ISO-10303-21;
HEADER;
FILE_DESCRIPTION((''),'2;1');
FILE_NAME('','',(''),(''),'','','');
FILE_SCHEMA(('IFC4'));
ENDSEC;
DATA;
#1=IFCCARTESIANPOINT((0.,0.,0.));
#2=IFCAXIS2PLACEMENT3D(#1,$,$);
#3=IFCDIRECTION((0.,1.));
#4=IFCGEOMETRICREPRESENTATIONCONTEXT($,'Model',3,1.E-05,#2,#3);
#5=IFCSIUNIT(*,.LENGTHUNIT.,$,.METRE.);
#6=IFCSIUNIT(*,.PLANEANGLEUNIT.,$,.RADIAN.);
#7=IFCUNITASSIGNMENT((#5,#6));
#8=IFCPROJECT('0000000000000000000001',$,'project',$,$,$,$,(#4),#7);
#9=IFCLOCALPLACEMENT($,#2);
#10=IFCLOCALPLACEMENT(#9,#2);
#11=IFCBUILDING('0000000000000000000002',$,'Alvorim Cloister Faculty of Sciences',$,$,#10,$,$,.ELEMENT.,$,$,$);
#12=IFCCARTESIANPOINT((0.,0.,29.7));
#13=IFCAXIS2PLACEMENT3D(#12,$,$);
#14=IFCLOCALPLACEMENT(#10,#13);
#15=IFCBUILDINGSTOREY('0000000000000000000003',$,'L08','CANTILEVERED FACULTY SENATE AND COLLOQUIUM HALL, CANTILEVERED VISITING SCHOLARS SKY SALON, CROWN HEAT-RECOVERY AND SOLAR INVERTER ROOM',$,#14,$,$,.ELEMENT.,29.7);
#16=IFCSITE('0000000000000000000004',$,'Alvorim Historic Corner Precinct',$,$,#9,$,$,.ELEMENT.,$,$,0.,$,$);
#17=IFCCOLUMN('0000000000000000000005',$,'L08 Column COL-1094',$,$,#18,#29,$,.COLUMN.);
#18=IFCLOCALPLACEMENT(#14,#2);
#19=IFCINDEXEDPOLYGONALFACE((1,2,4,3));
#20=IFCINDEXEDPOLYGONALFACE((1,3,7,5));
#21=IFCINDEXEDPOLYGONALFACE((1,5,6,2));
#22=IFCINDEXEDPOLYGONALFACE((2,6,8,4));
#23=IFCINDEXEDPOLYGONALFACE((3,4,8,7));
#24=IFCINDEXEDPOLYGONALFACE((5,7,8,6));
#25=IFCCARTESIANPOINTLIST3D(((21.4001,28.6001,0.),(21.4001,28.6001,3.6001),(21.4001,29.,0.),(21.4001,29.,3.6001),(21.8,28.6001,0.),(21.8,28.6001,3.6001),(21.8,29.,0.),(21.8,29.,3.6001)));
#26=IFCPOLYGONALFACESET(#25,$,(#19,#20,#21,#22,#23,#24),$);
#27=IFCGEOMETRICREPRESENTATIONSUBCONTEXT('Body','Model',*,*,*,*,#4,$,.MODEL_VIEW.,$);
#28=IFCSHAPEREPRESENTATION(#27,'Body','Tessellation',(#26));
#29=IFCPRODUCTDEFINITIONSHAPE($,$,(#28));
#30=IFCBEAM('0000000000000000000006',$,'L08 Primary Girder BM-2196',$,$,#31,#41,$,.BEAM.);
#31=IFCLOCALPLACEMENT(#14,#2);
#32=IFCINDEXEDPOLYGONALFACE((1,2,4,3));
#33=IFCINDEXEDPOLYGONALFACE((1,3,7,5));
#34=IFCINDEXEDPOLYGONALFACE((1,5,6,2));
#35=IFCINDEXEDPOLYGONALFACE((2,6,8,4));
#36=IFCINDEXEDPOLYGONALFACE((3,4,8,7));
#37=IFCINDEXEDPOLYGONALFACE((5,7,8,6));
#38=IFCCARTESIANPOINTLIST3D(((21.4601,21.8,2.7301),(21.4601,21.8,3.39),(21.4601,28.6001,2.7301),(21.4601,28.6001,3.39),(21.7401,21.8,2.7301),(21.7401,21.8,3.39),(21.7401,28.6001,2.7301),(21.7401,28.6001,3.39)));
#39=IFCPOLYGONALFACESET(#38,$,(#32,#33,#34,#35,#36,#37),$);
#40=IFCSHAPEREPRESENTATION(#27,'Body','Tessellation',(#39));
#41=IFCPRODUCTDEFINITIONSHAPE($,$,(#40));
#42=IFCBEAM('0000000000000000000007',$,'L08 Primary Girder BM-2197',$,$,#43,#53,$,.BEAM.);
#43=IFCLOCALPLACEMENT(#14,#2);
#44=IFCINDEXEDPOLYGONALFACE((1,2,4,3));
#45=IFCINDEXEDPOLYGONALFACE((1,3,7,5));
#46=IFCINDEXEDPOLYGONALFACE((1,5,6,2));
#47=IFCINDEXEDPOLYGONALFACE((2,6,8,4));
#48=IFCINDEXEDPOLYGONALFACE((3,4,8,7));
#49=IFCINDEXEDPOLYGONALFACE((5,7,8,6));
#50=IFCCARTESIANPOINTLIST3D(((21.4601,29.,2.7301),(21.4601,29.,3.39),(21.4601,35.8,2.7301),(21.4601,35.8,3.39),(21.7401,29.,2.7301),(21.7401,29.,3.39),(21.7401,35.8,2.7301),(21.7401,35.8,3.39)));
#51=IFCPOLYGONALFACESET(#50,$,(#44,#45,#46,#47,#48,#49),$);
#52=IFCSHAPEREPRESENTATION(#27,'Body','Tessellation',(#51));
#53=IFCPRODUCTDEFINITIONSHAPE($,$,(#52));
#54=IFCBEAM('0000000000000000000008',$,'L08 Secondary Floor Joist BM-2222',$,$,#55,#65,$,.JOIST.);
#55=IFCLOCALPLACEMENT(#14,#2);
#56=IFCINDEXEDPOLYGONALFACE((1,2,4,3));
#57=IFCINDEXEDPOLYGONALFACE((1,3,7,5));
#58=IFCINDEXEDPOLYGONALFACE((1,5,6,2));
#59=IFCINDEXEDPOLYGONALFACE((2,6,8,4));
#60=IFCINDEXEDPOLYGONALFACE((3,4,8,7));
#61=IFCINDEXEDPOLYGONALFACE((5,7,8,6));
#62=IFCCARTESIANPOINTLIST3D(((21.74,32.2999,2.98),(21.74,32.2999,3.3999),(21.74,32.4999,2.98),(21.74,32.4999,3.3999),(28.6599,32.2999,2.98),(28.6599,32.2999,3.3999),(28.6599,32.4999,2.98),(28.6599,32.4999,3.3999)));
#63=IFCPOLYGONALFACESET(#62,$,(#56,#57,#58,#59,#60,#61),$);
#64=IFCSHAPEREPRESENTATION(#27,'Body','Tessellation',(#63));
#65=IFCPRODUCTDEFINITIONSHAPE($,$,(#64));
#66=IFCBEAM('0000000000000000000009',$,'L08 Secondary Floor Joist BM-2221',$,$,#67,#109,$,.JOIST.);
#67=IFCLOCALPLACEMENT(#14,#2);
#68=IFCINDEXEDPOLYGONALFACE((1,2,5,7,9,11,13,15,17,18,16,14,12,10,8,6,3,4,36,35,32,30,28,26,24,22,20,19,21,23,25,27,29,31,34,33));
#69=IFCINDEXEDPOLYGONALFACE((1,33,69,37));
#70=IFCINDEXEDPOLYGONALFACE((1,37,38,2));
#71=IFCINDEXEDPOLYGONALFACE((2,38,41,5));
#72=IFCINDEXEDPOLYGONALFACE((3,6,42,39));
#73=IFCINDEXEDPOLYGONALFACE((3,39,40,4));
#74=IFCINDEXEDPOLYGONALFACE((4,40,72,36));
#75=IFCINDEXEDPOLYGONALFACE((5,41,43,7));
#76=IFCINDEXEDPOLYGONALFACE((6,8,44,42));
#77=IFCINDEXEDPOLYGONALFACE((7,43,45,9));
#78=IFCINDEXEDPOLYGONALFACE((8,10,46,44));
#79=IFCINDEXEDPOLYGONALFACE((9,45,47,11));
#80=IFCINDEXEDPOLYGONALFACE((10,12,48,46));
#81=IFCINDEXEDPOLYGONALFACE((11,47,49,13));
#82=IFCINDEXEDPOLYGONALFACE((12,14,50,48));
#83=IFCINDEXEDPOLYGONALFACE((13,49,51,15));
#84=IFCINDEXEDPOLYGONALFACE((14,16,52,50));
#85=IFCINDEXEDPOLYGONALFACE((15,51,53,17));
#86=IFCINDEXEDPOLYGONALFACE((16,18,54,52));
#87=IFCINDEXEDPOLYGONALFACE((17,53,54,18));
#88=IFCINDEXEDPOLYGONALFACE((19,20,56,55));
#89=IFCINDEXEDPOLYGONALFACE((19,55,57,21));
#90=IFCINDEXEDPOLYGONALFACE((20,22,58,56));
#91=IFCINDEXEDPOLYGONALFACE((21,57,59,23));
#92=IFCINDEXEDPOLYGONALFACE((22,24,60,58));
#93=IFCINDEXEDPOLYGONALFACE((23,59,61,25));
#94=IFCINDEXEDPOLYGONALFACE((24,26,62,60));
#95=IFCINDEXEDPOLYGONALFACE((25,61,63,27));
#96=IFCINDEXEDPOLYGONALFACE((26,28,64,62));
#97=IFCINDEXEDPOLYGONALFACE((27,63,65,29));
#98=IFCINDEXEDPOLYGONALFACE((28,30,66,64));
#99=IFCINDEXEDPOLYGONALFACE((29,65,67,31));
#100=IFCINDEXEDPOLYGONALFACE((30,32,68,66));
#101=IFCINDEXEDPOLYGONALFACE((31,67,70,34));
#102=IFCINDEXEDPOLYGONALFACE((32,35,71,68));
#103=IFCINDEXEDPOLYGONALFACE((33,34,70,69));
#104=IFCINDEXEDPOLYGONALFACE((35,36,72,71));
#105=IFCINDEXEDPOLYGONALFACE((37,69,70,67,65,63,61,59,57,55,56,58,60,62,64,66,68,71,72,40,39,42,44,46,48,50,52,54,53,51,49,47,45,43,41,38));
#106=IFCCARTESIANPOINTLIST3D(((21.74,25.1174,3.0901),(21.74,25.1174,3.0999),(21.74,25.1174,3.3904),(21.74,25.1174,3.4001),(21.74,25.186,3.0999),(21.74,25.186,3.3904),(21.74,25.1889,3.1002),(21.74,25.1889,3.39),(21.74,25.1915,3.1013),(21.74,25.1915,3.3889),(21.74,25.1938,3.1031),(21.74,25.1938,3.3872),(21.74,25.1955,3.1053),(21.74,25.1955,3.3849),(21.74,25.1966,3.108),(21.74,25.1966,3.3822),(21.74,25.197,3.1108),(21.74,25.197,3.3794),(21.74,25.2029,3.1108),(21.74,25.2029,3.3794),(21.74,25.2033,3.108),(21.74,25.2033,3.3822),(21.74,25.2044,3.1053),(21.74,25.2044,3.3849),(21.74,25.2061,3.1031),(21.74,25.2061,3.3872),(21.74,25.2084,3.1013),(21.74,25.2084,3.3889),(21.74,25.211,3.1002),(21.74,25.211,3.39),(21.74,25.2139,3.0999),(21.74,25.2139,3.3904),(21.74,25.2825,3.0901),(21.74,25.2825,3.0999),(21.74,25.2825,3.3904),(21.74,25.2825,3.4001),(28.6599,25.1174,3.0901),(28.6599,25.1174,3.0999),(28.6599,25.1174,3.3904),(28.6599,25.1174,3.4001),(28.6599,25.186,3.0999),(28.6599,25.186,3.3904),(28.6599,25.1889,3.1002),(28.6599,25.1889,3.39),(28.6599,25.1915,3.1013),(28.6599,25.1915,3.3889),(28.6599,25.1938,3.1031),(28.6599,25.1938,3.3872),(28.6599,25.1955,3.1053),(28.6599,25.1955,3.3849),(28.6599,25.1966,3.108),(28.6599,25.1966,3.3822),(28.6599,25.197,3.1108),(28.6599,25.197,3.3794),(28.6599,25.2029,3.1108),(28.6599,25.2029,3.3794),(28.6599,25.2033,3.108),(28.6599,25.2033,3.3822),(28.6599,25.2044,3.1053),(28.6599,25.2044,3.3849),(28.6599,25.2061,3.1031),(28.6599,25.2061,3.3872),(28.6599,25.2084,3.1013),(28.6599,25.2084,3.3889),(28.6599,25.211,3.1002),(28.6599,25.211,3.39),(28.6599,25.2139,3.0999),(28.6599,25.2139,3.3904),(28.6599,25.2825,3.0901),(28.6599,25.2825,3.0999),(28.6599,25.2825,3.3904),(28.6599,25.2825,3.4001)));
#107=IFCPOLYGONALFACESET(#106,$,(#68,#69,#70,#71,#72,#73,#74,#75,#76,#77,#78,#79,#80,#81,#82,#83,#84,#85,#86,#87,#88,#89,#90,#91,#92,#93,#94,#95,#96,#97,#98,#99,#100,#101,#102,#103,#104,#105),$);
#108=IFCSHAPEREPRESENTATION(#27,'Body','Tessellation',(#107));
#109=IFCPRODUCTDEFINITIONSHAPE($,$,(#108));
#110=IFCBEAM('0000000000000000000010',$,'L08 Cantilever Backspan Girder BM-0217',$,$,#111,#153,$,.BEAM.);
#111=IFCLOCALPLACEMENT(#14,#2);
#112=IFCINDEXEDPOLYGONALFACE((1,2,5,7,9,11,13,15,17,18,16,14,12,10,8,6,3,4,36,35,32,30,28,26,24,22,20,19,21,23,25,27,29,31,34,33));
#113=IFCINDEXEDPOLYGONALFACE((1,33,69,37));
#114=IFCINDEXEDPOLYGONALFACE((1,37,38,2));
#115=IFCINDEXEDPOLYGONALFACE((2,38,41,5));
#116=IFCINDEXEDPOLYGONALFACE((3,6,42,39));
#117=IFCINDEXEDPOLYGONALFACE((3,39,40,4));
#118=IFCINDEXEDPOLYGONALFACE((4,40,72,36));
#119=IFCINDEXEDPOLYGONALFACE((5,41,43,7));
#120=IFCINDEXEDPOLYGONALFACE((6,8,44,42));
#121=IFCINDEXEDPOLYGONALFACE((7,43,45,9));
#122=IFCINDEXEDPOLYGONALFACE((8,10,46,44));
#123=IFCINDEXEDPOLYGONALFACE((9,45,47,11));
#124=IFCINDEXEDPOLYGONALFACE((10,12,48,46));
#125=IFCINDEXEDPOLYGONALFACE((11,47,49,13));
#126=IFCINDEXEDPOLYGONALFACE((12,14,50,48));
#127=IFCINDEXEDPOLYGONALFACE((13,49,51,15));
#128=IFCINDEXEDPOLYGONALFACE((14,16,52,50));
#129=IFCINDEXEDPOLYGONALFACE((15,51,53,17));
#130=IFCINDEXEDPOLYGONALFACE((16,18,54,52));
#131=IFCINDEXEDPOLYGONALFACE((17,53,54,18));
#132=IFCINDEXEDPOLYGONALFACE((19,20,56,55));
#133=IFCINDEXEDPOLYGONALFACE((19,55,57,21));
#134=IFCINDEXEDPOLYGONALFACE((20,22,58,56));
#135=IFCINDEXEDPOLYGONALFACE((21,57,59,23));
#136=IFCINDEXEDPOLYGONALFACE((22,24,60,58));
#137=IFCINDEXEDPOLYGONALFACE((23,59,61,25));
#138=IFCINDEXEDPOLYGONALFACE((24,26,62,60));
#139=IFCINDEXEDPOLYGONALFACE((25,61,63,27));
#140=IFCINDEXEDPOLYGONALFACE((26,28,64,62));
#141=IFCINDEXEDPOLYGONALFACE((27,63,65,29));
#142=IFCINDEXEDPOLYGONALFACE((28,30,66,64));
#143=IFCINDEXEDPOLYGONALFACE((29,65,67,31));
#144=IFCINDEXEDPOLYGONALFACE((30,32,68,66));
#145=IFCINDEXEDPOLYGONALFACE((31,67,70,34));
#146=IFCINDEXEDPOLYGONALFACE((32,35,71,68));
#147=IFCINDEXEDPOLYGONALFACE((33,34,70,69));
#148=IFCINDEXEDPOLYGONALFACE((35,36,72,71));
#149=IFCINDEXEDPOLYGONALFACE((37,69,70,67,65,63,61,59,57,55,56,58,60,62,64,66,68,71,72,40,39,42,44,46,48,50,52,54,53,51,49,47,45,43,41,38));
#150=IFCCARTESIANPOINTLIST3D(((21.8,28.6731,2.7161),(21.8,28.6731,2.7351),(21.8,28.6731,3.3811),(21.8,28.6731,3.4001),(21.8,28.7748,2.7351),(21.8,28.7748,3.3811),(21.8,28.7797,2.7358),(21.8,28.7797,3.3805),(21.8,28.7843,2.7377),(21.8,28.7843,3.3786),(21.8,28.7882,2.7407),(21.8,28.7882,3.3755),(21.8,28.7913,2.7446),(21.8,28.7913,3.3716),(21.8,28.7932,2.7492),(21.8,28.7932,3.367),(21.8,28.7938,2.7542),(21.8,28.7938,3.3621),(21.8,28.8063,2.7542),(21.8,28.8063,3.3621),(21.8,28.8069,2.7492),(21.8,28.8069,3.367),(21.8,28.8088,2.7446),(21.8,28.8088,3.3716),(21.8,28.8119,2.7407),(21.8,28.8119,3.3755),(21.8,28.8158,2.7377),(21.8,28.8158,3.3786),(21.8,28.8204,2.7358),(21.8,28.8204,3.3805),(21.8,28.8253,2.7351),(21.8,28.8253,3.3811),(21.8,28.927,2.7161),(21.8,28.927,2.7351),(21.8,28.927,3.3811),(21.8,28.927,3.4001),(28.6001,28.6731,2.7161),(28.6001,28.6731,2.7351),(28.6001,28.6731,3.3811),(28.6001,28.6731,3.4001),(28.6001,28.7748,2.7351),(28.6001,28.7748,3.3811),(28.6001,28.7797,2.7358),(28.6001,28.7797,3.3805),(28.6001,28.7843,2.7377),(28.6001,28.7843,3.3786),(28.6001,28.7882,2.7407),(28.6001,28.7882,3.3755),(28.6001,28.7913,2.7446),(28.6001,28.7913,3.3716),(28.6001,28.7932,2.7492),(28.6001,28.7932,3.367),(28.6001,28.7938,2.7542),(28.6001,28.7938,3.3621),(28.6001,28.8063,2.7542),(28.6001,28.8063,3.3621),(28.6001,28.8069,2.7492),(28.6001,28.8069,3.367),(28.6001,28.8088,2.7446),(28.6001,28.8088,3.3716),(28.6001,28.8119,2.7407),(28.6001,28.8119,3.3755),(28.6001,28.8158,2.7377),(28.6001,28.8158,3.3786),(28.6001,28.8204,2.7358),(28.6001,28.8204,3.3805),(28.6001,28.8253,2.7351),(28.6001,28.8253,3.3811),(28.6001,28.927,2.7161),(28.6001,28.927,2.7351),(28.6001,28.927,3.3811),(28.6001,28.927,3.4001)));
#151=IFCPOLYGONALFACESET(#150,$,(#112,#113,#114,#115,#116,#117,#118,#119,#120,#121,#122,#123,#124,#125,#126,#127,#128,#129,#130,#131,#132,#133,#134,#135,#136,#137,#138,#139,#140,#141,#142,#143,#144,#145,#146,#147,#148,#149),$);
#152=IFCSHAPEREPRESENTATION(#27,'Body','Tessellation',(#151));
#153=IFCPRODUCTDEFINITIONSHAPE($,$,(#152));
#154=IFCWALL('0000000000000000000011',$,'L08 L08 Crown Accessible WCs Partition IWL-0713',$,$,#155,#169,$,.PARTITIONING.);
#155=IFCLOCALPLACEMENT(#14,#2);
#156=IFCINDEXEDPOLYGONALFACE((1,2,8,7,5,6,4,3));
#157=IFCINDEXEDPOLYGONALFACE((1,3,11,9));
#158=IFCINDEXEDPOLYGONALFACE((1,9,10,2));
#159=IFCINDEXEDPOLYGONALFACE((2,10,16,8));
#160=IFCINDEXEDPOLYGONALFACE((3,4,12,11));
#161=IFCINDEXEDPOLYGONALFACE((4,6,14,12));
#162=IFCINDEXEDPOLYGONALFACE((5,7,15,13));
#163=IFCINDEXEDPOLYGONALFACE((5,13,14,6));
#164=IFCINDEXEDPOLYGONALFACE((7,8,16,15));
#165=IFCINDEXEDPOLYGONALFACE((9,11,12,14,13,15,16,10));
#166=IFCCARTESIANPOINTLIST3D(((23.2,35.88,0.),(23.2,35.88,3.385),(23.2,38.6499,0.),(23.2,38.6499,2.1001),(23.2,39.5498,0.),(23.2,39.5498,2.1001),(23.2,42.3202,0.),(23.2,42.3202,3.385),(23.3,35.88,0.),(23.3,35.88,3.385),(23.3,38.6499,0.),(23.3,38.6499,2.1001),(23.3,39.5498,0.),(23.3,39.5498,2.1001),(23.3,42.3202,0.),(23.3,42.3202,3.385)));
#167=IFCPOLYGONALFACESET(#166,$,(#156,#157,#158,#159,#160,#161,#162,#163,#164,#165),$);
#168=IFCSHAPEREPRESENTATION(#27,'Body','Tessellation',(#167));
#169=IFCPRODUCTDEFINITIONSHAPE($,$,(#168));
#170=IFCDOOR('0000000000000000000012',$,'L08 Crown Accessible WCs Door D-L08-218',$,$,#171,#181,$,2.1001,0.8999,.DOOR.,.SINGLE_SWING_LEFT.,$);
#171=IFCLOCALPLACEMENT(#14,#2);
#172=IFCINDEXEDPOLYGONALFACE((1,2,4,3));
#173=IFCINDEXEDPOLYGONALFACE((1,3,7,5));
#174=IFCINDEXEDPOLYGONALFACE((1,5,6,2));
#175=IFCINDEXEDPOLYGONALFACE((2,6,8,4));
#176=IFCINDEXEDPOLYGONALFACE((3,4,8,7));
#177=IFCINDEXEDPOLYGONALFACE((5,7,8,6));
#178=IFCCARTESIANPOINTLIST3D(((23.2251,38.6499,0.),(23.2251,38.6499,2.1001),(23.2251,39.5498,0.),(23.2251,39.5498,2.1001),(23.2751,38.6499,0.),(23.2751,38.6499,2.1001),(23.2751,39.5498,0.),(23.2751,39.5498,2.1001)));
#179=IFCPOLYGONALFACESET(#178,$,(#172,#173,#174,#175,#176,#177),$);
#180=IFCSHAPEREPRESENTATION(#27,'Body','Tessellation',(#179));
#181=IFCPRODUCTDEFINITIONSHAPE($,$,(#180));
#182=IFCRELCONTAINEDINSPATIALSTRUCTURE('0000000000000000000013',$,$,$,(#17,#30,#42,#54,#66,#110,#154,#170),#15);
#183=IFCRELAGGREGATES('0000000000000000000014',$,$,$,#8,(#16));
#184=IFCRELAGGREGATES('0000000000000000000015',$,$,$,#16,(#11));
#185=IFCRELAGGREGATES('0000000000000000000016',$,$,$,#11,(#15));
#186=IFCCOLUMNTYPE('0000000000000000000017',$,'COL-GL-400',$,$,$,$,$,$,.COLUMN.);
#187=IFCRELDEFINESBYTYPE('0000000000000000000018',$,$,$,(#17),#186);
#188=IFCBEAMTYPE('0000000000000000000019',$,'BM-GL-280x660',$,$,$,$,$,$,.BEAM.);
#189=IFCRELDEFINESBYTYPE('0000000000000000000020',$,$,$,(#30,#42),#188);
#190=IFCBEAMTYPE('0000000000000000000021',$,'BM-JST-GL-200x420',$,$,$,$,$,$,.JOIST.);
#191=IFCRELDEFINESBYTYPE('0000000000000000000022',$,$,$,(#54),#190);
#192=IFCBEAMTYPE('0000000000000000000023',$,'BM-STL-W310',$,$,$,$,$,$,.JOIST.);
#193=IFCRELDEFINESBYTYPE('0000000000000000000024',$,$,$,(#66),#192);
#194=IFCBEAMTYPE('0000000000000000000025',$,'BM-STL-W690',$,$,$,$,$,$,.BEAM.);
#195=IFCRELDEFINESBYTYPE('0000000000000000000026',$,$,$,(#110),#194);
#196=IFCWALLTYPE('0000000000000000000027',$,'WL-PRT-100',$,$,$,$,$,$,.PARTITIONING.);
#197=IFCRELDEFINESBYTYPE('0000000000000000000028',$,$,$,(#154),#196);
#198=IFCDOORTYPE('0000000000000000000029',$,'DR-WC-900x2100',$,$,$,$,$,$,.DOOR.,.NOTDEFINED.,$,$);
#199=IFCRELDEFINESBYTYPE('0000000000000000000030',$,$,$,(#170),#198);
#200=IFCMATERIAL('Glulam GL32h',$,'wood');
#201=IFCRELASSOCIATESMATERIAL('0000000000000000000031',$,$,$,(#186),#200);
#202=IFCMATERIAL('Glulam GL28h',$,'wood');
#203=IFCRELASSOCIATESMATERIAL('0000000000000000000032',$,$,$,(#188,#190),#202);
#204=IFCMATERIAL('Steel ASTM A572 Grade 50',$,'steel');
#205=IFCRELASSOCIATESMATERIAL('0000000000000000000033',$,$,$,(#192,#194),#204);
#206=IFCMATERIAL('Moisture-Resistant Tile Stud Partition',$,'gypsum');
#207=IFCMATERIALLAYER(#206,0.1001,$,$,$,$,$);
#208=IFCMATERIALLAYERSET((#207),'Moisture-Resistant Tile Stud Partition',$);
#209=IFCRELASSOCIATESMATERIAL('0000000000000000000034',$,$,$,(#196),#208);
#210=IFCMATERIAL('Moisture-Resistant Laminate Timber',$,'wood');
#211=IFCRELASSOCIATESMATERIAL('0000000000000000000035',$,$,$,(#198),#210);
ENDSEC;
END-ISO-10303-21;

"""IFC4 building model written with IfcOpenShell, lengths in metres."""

from ifc_helpers import new_model, si_unit, direction, frame, frame_2d, origin, origin_2d, place, context, subcontext, project, spatial, rectangle, i_section, extrude, material, layer, layer_set, material_profile, profile_set, type_object, element, fill, save


model = new_model("IFC4")

# Units and contexts
model_context = context("Model", 3, precision=1e-05, world=origin(), true_north=direction((0.0, 1.0)))
body_context = subcontext(model_context, "Body", "Model", "MODEL_VIEW")
ifc_project = project(units=[si_unit("LENGTHUNIT", "METRE"), si_unit("PLANEANGLEUNIT", "RADIAN")], contexts=[model_context])

# Site, building, storey
site_placement = place(None, origin())
site = spatial("IfcSite", under=ifc_project, at=site_placement, Name="Alvorim Historic Corner Precinct", CompositionType="ELEMENT", RefElevation=0.0)
building_placement = place(site_placement, origin())
building = spatial("IfcBuilding", under=site, at=building_placement, Name="Alvorim Cloister Faculty of Sciences", CompositionType="ELEMENT")
storey_placement = place(building_placement, frame((0.0, 0.0, 29.7)))
storey = spatial("IfcBuildingStorey", under=building, at=storey_placement, Name="L08", Description="CANTILEVERED FACULTY SENATE AND COLLOQUIUM HALL, CANTILEVERED VISITING SCHOLARS SKY SALON, CROWN HEAT-RECOVERY AND SOLAR INVERTER ROOM", CompositionType="ELEMENT", Elevation=29.7)

# Column
ifc_material_1 = material(Name="Glulam GL32h", Category="wood")
ifc_material_profile_1 = material_profile(ifc_material_1, rectangle(XDim=0.3999, YDim=0.3999, at=origin_2d()), Name="GL32-COL-400x400")
ifc_profile_set_1 = profile_set([ifc_material_profile_1], Name="Glulam GL32h")
column_type = type_object("IfcColumnType", Name="COL-GL-400", PredefinedType="COLUMN", material=ifc_profile_set_1)
column_placement = place(storey_placement, frame((21.6001, 28.8, 0.0), z_axis=(0.0, 0.0, 1.0), x_axis=(1.0, 0.0, 0.0)))
element("IfcColumn", 1, at=column_placement, inside=storey, type_object=column_type, Name="L08 Column COL-1094", PredefinedType="COLUMN", context=body_context, shape_type="SweptSolid", body=[
    extrude(rectangle(XDim=0.3999, YDim=0.3999, at=origin_2d()), origin(), (0.0, 0.0, 1.0), 3.6001),
])

# Beams
ifc_material_2 = material(Name="Glulam GL28h", Category="wood")
ifc_material_profile_2 = material_profile(ifc_material_2, rectangle(XDim=0.28, YDim=0.6599, at=origin_2d()), Name="GL28-BM-280x660")
ifc_profile_set_2 = profile_set([ifc_material_profile_2], Name="Glulam GL28h")
beam_type_1 = type_object("IfcBeamType", Name="BM-GL-280x660", PredefinedType="BEAM", material=ifc_profile_set_2)
for number, where, z_axis, x_axis, name in (
    (2, (21.6001, 21.8, 3.0601), (0.0, 1.0, 0.0), (-1.0, 0.0, 0.0), "L08 Primary Girder BM-2196"),
    (3, (21.6001, 29.0, 3.0601), (0.0, 1.0, 0.0), (-1.0, 0.0, 0.0), "L08 Primary Girder BM-2197"),
):
    element("IfcBeam", number, at=place(storey_placement, frame(where, z_axis=z_axis, x_axis=x_axis)), inside=storey, type_object=beam_type_1, Name=name, PredefinedType="BEAM", context=body_context, shape_type="SweptSolid", body=[
        extrude(rectangle(XDim=0.28, YDim=0.6599, at=origin_2d()), origin(), (0.0, 0.0, 1.0), 6.8),
    ])
ifc_material_profile_3 = material_profile(ifc_material_2, rectangle(XDim=0.2, YDim=0.4199, at=origin_2d()), Name="GL28-JST-200x420")
ifc_profile_set_3 = profile_set([ifc_material_profile_3], Name="Glulam GL28h")
beam_type_2 = type_object("IfcBeamType", Name="BM-JST-GL-200x420", PredefinedType="JOIST", material=ifc_profile_set_3)
beam_1_placement = place(storey_placement, frame((21.74, 32.3999, 3.1899), z_axis=(1.0, 0.0, 0.0), x_axis=(0.0, 1.0, 0.0)))
element("IfcBeam", 4, at=beam_1_placement, inside=storey, type_object=beam_type_2, Name="L08 Secondary Floor Joist BM-2222", PredefinedType="JOIST", context=body_context, shape_type="SweptSolid", body=[
    extrude(rectangle(XDim=0.2, YDim=0.4199, at=origin_2d()), origin(), (0.0, 0.0, 1.0), 6.9199),
])
ifc_material_3 = material(Name="Steel ASTM A572 Grade 50", Category="steel")
ifc_material_profile_4 = material_profile(ifc_material_3, i_section(OverallWidth=0.165, OverallDepth=0.3101, WebThickness=0.0059, FlangeThickness=0.0098, FilletRadius=0.011, at=origin_2d()), Name="W310x38.7")
ifc_profile_set_4 = profile_set([ifc_material_profile_4], Name="Steel ASTM A572 Grade 50")
beam_type_3 = type_object("IfcBeamType", Name="BM-STL-W310", PredefinedType="JOIST", material=ifc_profile_set_4)
beam_2_placement = place(storey_placement, frame((21.74, 25.2, 3.2451), z_axis=(1.0, 0.0, 0.0), x_axis=(0.0, 1.0, 0.0)))
element("IfcBeam", 5, at=beam_2_placement, inside=storey, type_object=beam_type_3, Name="L08 Secondary Floor Joist BM-2221", PredefinedType="JOIST", context=body_context, shape_type="SweptSolid", body=[
    extrude(i_section(OverallWidth=0.165, OverallDepth=0.3101, WebThickness=0.0059, FlangeThickness=0.0098, FilletRadius=0.011, at=origin_2d()), origin(), (0.0, 0.0, 1.0), 6.9199),
])
ifc_material_profile_5 = material_profile(ifc_material_3, i_section(OverallWidth=0.2539, OverallDepth=0.6841, WebThickness=0.0125, FlangeThickness=0.019, FilletRadius=0.019, at=origin_2d()), Name="W690x140.0")
ifc_profile_set_5 = profile_set([ifc_material_profile_5], Name="Steel ASTM A572 Grade 50")
beam_type_4 = type_object("IfcBeamType", Name="BM-STL-W690", PredefinedType="BEAM", material=ifc_profile_set_5)
beam_3_placement = place(storey_placement, frame((21.8, 28.8, 3.0581), z_axis=(1.0, 0.0, 0.0), x_axis=(0.0, 1.0, 0.0)))
element("IfcBeam", 6, at=beam_3_placement, inside=storey, type_object=beam_type_4, Name="L08 Cantilever Backspan Girder BM-0217", PredefinedType="BEAM", context=body_context, shape_type="SweptSolid", body=[
    extrude(i_section(OverallWidth=0.2539, OverallDepth=0.6841, WebThickness=0.0125, FlangeThickness=0.019, FilletRadius=0.019, at=origin_2d()), origin(), (0.0, 0.0, 1.0), 6.8),
])

# Wall, opening, door
ifc_material_4 = material(Name="Moisture-Resistant Tile Stud Partition", Category="gypsum")
ifc_layer_1 = layer(ifc_material_4, 0.1001)
ifc_layer_set_1 = layer_set([ifc_layer_1], Name="Moisture-Resistant Tile Stud Partition")
wall_type_1 = type_object("IfcWallType", Name="WL-PRT-100", PredefinedType="PARTITIONING", material=ifc_layer_set_1)
wall_1_placement = place(storey_placement, frame((23.25, 35.8799, 0.0), z_axis=(0.0, 0.0, 1.0), x_axis=(0.0, 1.0, 0.0)))
wall_1 = element("IfcWall", 7, at=wall_1_placement, inside=storey, type_object=wall_type_1, Name="L08 L08 Crown Accessible WCs Partition IWL-0713", PredefinedType="PARTITIONING", context=body_context, shape_type="SweptSolid", body=[
    extrude(rectangle(XDim=6.4402, YDim=0.1001, at=frame_2d((3.2202, 0.0))), origin(), (0.0, 0.0, 1.0), 3.385),
])
opening_1_placement = place(wall_1_placement, frame((2.77, 0.0, 0.0)))
opening_1 = element("IfcOpeningElement", 8, at=opening_1_placement, cuts=wall_1, PredefinedType="OPENING", context=body_context, shape_type="SweptSolid", body=[
    extrude(rectangle(XDim=0.8999, YDim=2.1001, at=frame_2d((0.45, 1.05))), frame((0.0, 0.062, 0.0), z_axis=(0.0, -1.0, 0.0), x_axis=(1.0, 0.0, 0.0)), (0.0, 0.0, 1.0), 0.124),
])
ifc_material_5 = material(Name="Moisture-Resistant Laminate Timber", Category="wood")
door_type_1 = type_object("IfcDoorType", Name="DR-WC-900x2100", OperationType="NOTDEFINED", PredefinedType="DOOR", material=ifc_material_5)
door_1_placement = place(opening_1_placement, origin())
door_1 = element("IfcDoor", 9, at=door_1_placement, inside=storey, type_object=door_type_1, Name="L08 Crown Accessible WCs Door D-L08-218", OperationType="SINGLE_SWING_LEFT", OverallHeight=2.1001, OverallWidth=0.8999, PredefinedType="DOOR", context=body_context, shape_type="SweptSolid", body=[
    extrude(rectangle(XDim=0.8999, YDim=2.1001, at=frame_2d((0.45, 1.05))), frame((0.0, 0.0249, 0.0), z_axis=(0.0, -1.0, 0.0), x_axis=(1.0, 0.0, 0.0)), (0.0, 0.0, 1.0), 0.05),
])
fill(opening_1, door_1)

save(model, "model.ifc")
